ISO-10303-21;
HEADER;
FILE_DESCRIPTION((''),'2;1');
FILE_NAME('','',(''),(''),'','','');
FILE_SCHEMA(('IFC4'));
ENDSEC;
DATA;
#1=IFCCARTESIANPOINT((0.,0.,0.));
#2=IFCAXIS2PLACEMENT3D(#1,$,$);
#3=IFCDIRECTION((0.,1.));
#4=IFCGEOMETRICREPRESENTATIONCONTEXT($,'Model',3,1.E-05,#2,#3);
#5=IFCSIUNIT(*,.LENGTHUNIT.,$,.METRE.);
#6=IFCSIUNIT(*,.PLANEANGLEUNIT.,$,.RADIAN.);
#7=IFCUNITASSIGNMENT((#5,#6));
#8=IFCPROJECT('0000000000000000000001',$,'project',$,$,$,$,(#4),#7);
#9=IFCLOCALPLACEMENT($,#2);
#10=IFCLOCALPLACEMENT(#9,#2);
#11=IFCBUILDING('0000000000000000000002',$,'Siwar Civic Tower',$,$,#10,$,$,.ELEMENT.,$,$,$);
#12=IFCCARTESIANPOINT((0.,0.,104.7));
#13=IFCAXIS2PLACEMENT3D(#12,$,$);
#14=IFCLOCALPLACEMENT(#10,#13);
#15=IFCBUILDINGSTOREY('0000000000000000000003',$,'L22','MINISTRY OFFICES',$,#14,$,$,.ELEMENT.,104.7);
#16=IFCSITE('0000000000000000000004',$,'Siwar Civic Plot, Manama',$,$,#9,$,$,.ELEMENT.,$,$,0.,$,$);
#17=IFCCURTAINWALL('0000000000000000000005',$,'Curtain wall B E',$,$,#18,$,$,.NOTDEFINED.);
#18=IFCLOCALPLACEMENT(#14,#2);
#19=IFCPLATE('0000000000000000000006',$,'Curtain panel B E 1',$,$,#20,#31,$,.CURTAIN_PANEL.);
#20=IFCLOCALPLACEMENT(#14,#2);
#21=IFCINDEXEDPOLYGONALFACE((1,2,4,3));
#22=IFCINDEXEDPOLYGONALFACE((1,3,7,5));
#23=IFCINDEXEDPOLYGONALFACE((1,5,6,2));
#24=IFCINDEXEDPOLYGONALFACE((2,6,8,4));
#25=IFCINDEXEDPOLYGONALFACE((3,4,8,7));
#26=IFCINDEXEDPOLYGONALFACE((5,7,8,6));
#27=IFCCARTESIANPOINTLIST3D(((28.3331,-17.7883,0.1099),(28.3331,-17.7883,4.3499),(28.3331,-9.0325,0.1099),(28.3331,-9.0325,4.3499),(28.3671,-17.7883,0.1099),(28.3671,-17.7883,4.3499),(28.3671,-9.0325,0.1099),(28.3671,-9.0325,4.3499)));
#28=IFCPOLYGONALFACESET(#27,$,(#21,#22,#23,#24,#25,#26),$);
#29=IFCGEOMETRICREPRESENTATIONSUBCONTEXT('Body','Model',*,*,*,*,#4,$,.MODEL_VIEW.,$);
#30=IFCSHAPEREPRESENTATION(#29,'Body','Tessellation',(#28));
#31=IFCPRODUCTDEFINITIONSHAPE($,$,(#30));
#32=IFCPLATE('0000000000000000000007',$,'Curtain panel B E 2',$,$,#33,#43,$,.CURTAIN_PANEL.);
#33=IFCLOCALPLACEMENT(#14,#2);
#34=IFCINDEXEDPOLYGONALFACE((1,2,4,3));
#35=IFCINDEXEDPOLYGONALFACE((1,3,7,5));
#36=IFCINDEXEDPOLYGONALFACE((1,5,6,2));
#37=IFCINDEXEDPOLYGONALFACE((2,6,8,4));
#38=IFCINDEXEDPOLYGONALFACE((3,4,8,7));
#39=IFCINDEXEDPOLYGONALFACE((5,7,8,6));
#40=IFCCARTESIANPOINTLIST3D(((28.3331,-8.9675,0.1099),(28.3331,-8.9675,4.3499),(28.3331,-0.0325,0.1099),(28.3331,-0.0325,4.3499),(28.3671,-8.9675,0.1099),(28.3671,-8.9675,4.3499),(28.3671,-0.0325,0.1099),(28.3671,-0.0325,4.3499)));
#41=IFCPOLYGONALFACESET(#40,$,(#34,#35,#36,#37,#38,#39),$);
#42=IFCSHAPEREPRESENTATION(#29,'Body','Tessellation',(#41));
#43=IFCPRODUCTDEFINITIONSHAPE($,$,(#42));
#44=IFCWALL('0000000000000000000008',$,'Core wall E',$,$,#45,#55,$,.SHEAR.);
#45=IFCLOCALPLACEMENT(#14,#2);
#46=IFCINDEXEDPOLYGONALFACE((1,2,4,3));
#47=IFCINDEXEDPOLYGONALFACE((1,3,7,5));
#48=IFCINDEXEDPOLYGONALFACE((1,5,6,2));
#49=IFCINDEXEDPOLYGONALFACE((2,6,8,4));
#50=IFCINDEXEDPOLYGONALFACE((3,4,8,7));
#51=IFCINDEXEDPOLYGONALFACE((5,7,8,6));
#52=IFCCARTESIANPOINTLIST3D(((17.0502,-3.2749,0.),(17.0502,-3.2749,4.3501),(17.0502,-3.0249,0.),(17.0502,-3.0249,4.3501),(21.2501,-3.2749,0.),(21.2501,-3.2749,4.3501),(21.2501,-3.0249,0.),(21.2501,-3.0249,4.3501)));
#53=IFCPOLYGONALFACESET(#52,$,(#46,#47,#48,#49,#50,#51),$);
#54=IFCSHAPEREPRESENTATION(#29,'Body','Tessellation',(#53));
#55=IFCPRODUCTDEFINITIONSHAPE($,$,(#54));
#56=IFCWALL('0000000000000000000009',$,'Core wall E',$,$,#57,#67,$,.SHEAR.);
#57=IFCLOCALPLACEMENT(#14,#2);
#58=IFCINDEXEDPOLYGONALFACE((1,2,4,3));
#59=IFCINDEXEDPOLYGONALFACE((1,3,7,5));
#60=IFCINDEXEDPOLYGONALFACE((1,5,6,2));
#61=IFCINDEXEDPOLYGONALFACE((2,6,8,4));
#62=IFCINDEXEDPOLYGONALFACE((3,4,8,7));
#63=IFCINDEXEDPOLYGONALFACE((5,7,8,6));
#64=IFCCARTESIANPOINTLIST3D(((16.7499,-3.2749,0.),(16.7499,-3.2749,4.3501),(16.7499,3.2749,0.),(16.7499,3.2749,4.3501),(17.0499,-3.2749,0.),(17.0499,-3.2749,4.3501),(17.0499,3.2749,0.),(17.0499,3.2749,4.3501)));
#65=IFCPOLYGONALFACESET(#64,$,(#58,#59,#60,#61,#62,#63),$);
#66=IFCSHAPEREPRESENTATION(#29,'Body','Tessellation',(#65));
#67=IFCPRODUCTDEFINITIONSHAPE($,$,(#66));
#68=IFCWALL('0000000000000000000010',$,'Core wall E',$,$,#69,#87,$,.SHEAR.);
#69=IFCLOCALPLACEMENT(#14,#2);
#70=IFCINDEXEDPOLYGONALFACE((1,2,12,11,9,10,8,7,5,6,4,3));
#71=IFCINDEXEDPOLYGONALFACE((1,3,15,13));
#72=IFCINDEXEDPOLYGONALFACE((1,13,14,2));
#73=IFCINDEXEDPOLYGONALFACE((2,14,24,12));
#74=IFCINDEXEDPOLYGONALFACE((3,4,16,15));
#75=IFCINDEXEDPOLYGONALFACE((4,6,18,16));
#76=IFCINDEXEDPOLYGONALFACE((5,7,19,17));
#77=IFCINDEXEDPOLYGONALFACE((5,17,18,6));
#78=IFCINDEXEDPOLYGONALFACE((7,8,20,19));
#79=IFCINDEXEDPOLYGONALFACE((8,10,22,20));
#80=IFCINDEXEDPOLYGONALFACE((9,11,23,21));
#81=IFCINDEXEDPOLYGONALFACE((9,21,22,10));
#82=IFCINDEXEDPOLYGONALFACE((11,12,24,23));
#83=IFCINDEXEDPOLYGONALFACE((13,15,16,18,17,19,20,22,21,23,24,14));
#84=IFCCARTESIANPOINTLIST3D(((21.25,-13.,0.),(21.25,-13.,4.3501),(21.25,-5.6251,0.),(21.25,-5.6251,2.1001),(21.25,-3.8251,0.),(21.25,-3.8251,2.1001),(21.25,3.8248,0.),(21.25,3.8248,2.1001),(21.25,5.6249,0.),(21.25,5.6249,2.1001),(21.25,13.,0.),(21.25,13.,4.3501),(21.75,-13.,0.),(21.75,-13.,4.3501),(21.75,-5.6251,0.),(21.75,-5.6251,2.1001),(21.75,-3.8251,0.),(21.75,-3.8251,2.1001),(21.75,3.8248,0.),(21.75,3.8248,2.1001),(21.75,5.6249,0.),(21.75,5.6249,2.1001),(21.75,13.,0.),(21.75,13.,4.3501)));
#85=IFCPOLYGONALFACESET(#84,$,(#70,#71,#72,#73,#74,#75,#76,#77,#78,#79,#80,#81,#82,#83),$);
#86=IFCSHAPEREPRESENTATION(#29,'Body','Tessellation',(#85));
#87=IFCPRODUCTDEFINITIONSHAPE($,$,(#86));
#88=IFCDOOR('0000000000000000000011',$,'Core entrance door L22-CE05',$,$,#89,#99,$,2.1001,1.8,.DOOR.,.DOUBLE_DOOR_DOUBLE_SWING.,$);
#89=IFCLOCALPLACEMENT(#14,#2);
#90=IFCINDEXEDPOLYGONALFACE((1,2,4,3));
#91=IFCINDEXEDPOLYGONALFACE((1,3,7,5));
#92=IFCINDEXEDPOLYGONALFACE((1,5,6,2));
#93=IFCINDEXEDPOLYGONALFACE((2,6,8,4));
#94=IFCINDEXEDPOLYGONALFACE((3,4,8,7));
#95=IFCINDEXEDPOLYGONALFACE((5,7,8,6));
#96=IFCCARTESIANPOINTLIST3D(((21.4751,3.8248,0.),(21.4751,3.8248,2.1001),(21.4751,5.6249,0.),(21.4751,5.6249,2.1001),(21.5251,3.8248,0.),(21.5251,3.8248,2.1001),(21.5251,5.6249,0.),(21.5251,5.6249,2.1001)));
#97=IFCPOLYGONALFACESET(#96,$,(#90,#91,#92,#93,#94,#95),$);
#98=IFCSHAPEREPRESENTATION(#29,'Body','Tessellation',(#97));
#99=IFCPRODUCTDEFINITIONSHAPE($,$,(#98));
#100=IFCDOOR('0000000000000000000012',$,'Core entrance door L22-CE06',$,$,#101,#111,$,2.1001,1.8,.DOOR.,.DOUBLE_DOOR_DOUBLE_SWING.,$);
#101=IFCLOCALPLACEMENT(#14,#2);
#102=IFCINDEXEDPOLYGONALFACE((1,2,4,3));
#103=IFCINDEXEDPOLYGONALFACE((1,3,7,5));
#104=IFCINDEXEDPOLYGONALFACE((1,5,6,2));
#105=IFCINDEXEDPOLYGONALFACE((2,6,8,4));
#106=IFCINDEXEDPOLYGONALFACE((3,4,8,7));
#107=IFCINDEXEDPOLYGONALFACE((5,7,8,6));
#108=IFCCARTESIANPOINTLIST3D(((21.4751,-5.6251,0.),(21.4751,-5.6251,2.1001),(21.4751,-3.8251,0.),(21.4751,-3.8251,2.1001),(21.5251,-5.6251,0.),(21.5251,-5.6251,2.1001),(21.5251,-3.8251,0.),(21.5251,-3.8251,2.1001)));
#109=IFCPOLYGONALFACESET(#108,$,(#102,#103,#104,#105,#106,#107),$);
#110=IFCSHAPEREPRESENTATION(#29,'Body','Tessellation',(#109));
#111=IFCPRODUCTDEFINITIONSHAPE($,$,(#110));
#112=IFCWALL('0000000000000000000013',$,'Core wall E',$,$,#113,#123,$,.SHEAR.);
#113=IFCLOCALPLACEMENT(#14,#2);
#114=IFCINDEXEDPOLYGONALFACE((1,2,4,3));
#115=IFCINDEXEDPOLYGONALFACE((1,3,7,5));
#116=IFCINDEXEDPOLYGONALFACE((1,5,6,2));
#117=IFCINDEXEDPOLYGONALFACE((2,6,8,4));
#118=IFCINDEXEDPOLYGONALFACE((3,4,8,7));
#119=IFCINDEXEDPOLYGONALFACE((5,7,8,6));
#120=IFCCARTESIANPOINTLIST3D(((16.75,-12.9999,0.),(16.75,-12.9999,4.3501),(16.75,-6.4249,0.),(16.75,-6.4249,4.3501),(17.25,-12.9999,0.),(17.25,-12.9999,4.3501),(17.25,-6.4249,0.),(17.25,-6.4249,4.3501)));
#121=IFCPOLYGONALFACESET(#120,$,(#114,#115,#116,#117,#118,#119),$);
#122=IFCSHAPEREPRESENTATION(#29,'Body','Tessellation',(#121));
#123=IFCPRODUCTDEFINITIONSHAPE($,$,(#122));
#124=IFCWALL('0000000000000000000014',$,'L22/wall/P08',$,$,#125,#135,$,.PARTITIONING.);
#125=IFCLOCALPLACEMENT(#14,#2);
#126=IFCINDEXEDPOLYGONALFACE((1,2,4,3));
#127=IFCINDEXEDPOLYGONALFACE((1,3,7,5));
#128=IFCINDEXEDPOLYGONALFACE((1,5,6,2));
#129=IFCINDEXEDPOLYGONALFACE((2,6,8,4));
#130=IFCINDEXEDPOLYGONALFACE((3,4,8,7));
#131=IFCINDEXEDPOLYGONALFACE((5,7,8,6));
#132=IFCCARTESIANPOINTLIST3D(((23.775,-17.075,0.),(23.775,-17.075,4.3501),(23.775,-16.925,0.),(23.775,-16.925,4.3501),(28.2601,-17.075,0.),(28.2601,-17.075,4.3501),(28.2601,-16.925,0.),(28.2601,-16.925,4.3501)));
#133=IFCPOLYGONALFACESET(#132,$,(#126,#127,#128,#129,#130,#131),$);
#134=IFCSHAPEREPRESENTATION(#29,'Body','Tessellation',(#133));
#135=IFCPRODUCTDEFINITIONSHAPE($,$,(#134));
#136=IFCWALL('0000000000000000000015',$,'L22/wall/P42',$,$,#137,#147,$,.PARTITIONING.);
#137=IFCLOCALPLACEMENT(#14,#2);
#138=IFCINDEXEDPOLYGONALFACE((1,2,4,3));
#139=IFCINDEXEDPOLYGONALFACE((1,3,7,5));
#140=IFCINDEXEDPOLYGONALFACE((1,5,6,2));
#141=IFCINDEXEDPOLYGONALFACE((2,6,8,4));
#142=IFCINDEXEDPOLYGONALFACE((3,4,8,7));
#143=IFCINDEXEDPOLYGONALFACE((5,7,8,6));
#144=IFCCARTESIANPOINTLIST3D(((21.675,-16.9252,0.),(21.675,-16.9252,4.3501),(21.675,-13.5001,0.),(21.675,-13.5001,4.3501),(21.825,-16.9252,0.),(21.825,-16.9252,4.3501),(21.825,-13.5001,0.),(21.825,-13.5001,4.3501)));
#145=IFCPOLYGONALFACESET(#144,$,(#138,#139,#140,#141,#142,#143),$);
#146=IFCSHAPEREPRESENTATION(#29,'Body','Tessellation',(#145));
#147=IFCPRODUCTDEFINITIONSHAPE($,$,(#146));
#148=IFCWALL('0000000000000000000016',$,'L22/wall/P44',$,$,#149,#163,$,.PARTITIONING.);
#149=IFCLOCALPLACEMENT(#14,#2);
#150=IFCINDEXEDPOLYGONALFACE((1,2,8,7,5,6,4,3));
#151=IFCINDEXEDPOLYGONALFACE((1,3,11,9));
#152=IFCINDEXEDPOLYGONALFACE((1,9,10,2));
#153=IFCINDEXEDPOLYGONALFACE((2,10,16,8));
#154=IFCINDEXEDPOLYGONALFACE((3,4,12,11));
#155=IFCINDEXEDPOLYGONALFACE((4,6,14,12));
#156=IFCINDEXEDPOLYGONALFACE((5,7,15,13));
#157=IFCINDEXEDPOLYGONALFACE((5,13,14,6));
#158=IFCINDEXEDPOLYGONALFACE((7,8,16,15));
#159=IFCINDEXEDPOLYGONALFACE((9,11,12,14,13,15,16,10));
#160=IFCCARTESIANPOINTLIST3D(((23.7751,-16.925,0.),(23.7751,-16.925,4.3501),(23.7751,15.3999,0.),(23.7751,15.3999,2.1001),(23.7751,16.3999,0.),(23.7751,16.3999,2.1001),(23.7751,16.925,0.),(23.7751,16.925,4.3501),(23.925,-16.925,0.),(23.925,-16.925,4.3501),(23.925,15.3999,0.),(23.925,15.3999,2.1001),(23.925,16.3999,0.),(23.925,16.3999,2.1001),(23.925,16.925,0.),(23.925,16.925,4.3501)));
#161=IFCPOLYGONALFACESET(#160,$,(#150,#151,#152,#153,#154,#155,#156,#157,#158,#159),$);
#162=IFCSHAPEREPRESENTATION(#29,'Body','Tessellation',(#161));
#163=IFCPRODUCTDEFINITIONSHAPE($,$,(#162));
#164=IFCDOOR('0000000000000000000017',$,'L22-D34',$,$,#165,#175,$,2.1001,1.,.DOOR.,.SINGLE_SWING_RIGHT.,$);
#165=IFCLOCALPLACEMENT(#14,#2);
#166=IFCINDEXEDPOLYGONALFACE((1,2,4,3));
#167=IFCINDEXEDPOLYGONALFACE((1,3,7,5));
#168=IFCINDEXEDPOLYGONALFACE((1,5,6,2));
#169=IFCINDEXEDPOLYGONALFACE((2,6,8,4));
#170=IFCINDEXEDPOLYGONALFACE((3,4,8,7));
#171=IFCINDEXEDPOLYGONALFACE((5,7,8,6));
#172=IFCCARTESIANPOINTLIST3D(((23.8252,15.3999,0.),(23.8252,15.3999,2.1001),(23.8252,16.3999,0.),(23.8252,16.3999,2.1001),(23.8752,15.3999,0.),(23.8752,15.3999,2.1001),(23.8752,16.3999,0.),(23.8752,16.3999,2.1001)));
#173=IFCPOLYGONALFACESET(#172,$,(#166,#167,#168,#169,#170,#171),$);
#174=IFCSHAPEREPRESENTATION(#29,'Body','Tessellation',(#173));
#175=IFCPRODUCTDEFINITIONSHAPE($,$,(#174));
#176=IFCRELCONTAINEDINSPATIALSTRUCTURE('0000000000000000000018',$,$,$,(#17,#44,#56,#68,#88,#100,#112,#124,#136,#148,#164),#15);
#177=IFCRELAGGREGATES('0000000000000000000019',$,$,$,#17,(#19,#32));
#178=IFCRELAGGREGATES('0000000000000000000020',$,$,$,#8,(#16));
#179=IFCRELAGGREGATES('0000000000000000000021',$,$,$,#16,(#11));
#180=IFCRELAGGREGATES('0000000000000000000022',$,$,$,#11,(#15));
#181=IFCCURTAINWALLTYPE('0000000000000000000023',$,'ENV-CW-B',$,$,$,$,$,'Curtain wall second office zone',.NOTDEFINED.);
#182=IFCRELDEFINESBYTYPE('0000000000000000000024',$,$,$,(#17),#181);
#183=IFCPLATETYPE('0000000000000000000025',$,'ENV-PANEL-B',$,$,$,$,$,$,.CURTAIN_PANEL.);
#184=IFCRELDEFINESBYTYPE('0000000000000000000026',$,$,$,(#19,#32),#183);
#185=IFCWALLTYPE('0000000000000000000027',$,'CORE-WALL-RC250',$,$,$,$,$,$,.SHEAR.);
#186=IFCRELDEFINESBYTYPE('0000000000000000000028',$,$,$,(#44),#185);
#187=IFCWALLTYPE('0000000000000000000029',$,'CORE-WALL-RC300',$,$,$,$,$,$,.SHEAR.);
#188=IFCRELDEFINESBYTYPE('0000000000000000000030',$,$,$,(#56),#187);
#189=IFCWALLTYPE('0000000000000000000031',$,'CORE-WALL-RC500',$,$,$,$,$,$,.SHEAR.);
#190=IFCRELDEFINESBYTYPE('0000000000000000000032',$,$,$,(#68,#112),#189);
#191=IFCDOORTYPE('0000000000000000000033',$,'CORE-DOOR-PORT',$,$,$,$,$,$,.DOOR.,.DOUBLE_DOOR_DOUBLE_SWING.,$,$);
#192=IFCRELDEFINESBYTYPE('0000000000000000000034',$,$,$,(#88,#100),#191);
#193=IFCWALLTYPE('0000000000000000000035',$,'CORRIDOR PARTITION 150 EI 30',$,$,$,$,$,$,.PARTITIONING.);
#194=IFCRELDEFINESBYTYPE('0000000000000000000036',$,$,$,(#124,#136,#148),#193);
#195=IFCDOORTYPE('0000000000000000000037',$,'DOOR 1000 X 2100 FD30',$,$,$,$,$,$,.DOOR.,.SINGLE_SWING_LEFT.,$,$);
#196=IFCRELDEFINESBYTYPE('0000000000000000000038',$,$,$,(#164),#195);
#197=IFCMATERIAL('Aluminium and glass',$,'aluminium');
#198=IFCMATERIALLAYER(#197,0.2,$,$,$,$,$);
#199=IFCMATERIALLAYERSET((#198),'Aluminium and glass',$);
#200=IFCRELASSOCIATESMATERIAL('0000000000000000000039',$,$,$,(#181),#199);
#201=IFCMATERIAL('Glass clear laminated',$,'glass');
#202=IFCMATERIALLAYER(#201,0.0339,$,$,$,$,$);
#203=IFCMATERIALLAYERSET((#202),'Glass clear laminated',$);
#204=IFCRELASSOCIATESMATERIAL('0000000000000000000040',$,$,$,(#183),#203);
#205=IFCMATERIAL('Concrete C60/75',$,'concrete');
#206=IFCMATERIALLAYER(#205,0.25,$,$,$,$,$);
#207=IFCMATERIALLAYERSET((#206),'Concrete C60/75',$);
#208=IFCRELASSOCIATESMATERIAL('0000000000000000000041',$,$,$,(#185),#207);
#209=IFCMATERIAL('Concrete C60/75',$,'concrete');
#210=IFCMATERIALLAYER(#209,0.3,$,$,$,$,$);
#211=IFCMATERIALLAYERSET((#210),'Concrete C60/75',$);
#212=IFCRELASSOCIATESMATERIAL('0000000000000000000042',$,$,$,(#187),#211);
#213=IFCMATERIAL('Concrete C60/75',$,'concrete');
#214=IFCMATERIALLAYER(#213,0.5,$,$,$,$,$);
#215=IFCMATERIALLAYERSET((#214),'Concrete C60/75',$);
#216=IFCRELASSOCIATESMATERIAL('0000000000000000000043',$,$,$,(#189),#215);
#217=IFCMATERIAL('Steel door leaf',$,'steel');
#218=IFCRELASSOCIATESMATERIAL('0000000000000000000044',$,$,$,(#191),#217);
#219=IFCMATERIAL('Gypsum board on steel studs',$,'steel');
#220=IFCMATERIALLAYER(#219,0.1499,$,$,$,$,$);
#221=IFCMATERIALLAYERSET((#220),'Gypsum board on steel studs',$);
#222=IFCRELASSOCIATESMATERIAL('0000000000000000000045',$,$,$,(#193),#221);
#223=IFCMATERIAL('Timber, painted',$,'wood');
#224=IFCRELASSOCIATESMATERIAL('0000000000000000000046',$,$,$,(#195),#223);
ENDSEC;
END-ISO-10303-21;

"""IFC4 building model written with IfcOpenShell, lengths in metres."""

from ifc_helpers import new_model, si_unit, direction, frame, frame_2d, origin, origin_2d, place, context, subcontext, project, spatial, rectangle, extrude, material, layer, layer_set, type_object, element, fill, aggregate, save


model = new_model("IFC4")

# Units and contexts
model_context = context("Model", 3, precision=1e-05, world=origin(), true_north=direction((0.0, 1.0)))
body_context = subcontext(model_context, "Body", "Model", "MODEL_VIEW")
ifc_project = project(units=[si_unit("LENGTHUNIT", "METRE"), si_unit("PLANEANGLEUNIT", "RADIAN")], contexts=[model_context])

# Site, building, storey
site_placement = place(None, origin())
site = spatial("IfcSite", under=ifc_project, at=site_placement, Name="Siwar Civic Plot, Manama", CompositionType="ELEMENT", RefElevation=0.0)
building_placement = place(site_placement, origin())
building = spatial("IfcBuilding", under=site, at=building_placement, Name="Siwar Civic Tower", CompositionType="ELEMENT")
storey_placement = place(building_placement, frame((0.0, 0.0, 104.7)))
storey = spatial("IfcBuildingStorey", under=building, at=storey_placement, Name="L22", Description="MINISTRY OFFICES", CompositionType="ELEMENT", Elevation=104.7)

# Curtain wall
ifc_material_1 = material(Name="Aluminium and glass", Category="aluminium")
ifc_layer_1 = layer(ifc_material_1, 0.2)
ifc_layer_set_1 = layer_set([ifc_layer_1], Name="Aluminium and glass")
curtain_wall_type = type_object("IfcCurtainWallType", Name="ENV-CW-B", ElementType="Curtain wall second office zone", PredefinedType="NOTDEFINED", material=ifc_layer_set_1)
curtain_wall_placement = place(storey_placement, origin())
curtain_wall = element("IfcCurtainWall", 1, at=curtain_wall_placement, inside=storey, type_object=curtain_wall_type, Name="Curtain wall B E", PredefinedType="NOTDEFINED")

# Plates
ifc_material_2 = material(Name="Glass clear laminated", Category="glass")
ifc_layer_2 = layer(ifc_material_2, 0.0339)
ifc_layer_set_2 = layer_set([ifc_layer_2], Name="Glass clear laminated")
plate_type = type_object("IfcPlateType", Name="ENV-PANEL-B", PredefinedType="CURTAIN_PANEL", material=ifc_layer_set_2)
plate_1_placement = place(storey_placement, frame((28.3501, -13.4104, 0.1099), z_axis=(0.0, 0.0, 1.0), x_axis=(0.0, 1.0, 0.0)))
plate_1 = element("IfcPlate", 2, at=plate_1_placement, type_object=plate_type, Name="Curtain panel B E 1", PredefinedType="CURTAIN_PANEL", context=body_context, shape_type="SweptSolid", body=[
    extrude(rectangle(XDim=8.7559, YDim=0.0339, at=origin_2d()), origin(), (0.0, 0.0, 1.0), 4.24),
])
plate_2_placement = place(storey_placement, frame((28.3501, -4.5, 0.1099), z_axis=(0.0, 0.0, 1.0), x_axis=(0.0, 1.0, 0.0)))
plate_2 = element("IfcPlate", 3, at=plate_2_placement, type_object=plate_type, Name="Curtain panel B E 2", PredefinedType="CURTAIN_PANEL", context=body_context, shape_type="SweptSolid", body=[
    extrude(rectangle(XDim=8.9351, YDim=0.0339, at=origin_2d()), origin(), (0.0, 0.0, 1.0), 4.24),
])
aggregate(curtain_wall, [plate_1, plate_2])

# Walls
ifc_material_3 = material(Name="Concrete C60/75", Category="concrete")
ifc_layer_3 = layer(ifc_material_3, 0.25)
ifc_layer_set_3 = layer_set([ifc_layer_3], Name="Concrete C60/75")
wall_type_1 = type_object("IfcWallType", Name="CORE-WALL-RC250", PredefinedType="SHEAR", material=ifc_layer_set_3)
wall_1_placement = place(storey_placement, frame((17.05, -3.1499, 0.0), z_axis=(0.0, 0.0, 1.0), x_axis=(1.0, 0.0, 0.0)))
element("IfcWall", 4, at=wall_1_placement, inside=storey, type_object=wall_type_1, Name="Core wall E", PredefinedType="SHEAR", context=body_context, shape_type="SweptSolid", body=[
    extrude(rectangle(XDim=4.2, YDim=0.25, at=frame_2d((2.1001, 0.0))), origin(), (0.0, 0.0, 1.0), 4.3501),
])
ifc_material_4 = material(Name="Concrete C60/75", Category="concrete")
ifc_layer_4 = layer(ifc_material_4, 0.3)
ifc_layer_set_4 = layer_set([ifc_layer_4], Name="Concrete C60/75")
wall_type_2 = type_object("IfcWallType", Name="CORE-WALL-RC300", PredefinedType="SHEAR", material=ifc_layer_set_4)
wall_2_placement = place(storey_placement, frame((16.8999, -3.2749, 0.0), z_axis=(0.0, 0.0, 1.0), x_axis=(0.0, 1.0, 0.0)))
element("IfcWall", 5, at=wall_2_placement, inside=storey, type_object=wall_type_2, Name="Core wall E", PredefinedType="SHEAR", context=body_context, shape_type="SweptSolid", body=[
    extrude(rectangle(XDim=6.5498, YDim=0.3, at=frame_2d((3.2749, 0.0))), origin(), (0.0, 0.0, 1.0), 4.3501),
])

# Wall, openings, doors
ifc_material_5 = material(Name="Concrete C60/75", Category="concrete")
ifc_layer_5 = layer(ifc_material_5, 0.5)
ifc_layer_set_5 = layer_set([ifc_layer_5], Name="Concrete C60/75")
wall_type_3 = type_object("IfcWallType", Name="CORE-WALL-RC500", PredefinedType="SHEAR", material=ifc_layer_set_5)
wall_3_placement = place(storey_placement, frame((21.5, -13.0, 0.0), z_axis=(0.0, 0.0, 1.0), x_axis=(0.0, 1.0, 0.0)))
wall_3 = element("IfcWall", 6, at=wall_3_placement, inside=storey, type_object=wall_type_3, Name="Core wall E", PredefinedType="SHEAR", context=body_context, shape_type="SweptSolid", body=[
    extrude(rectangle(XDim=26.0, YDim=0.5, at=frame_2d((13.0, 0.0))), origin(), (0.0, 0.0, 1.0), 4.3501),
])
opening_1_placement = place(wall_3_placement, frame((16.825, 0.0, 0.0)))
opening_1 = element("IfcOpeningElement", 7, at=opening_1_placement, cuts=wall_3, PredefinedType="OPENING", context=body_context, shape_type="SweptSolid", body=[
    extrude(rectangle(XDim=1.8, YDim=2.1001, at=frame_2d((0.8999, 1.05))), frame((0.0, 0.26, 0.0), z_axis=(0.0, -1.0, 0.0), x_axis=(1.0, 0.0, 0.0)), (0.0, 0.0, 1.0), 0.52),
])
opening_2_placement = place(wall_3_placement, frame((7.375, 0.0, 0.0)))
opening_2 = element("IfcOpeningElement", 8, at=opening_2_placement, cuts=wall_3, PredefinedType="OPENING", context=body_context, shape_type="SweptSolid", body=[
    extrude(rectangle(XDim=1.8, YDim=2.1001, at=frame_2d((0.8999, 1.05))), frame((0.0, 0.26, 0.0), z_axis=(0.0, -1.0, 0.0), x_axis=(1.0, 0.0, 0.0)), (0.0, 0.0, 1.0), 0.52),
])
ifc_material_6 = material(Name="Steel door leaf", Category="steel")
door_type_1 = type_object("IfcDoorType", Name="CORE-DOOR-PORT", OperationType="DOUBLE_DOOR_DOUBLE_SWING", PredefinedType="DOOR", material=ifc_material_6)
door_1_placement = place(opening_1_placement, origin())
door_1 = element("IfcDoor", 9, at=door_1_placement, inside=storey, type_object=door_type_1, Name="Core entrance door L22-CE05", OperationType="DOUBLE_DOOR_DOUBLE_SWING", OverallHeight=2.1001, OverallWidth=1.8, PredefinedType="DOOR", context=body_context, shape_type="SweptSolid", body=[
    extrude(rectangle(XDim=1.8, YDim=2.1001, at=frame_2d((0.8999, 1.05))), frame((0.0, 0.0249, 0.0), z_axis=(0.0, -1.0, 0.0), x_axis=(1.0, 0.0, 0.0)), (0.0, 0.0, 1.0), 0.05),
])
fill(opening_1, door_1)
door_2_placement = place(opening_2_placement, origin())
door_2 = element("IfcDoor", 10, at=door_2_placement, inside=storey, type_object=door_type_1, Name="Core entrance door L22-CE06", OperationType="DOUBLE_DOOR_DOUBLE_SWING", OverallHeight=2.1001, OverallWidth=1.8, PredefinedType="DOOR", context=body_context, shape_type="SweptSolid", body=[
    extrude(rectangle(XDim=1.8, YDim=2.1001, at=frame_2d((0.8999, 1.05))), frame((0.0, 0.0249, 0.0), z_axis=(0.0, -1.0, 0.0), x_axis=(1.0, 0.0, 0.0)), (0.0, 0.0, 1.0), 0.05),
])
fill(opening_2, door_2)

# Walls
wall_4_placement = place(storey_placement, frame((17.0, -13.0, 0.0), z_axis=(0.0, 0.0, 1.0), x_axis=(0.0, 1.0, 0.0)))
element("IfcWall", 11, at=wall_4_placement, inside=storey, type_object=wall_type_3, Name="Core wall E", PredefinedType="SHEAR", context=body_context, shape_type="SweptSolid", body=[
    extrude(rectangle(XDim=6.575, YDim=0.5, at=frame_2d((3.2876, 0.0))), origin(), (0.0, 0.0, 1.0), 4.3501),
])
ifc_material_7 = material(Name="Gypsum board on steel studs", Category="steel")
ifc_layer_6 = layer(ifc_material_7, 0.1499)
ifc_layer_set_6 = layer_set([ifc_layer_6], Name="Gypsum board on steel studs")
wall_type_4 = type_object("IfcWallType", Name="CORRIDOR PARTITION 150 EI 30", PredefinedType="PARTITIONING", material=ifc_layer_set_6)
wall_5_placement = place(storey_placement, frame((23.7749, -17.0, 0.0), z_axis=(0.0, 0.0, 1.0), x_axis=(1.0, 0.0, 0.0)))
element("IfcWall", 12, at=wall_5_placement, inside=storey, type_object=wall_type_4, Name="L22/wall/P08", PredefinedType="PARTITIONING", context=body_context, shape_type="SweptSolid", body=[
    extrude(rectangle(XDim=4.4851, YDim=0.1499, at=frame_2d((2.2427, 0.0))), origin(), (0.0, 0.0, 1.0), 4.3501),
])
wall_6_placement = place(storey_placement, frame((21.75, -16.925, 0.0), z_axis=(0.0, 0.0, 1.0), x_axis=(0.0, 1.0, 0.0)))
element("IfcWall", 13, at=wall_6_placement, inside=storey, type_object=wall_type_4, Name="L22/wall/P42", PredefinedType="PARTITIONING", context=body_context, shape_type="SweptSolid", body=[
    extrude(rectangle(XDim=3.425, YDim=0.1499, at=frame_2d((1.7124, 0.0))), origin(), (0.0, 0.0, 1.0), 4.3501),
])

# Wall, opening, door
wall_7_placement = place(storey_placement, frame((23.8501, -16.925, 0.0), z_axis=(0.0, 0.0, 1.0), x_axis=(0.0, 1.0, 0.0)))
wall_7 = element("IfcWall", 14, at=wall_7_placement, inside=storey, type_object=wall_type_4, Name="L22/wall/P44", PredefinedType="PARTITIONING", context=body_context, shape_type="SweptSolid", body=[
    extrude(rectangle(XDim=33.8501, YDim=0.1499, at=frame_2d((16.925, 0.0))), origin(), (0.0, 0.0, 1.0), 4.3501),
])
opening_3_placement = place(wall_7_placement, frame((32.325, 0.0, 0.0)))
opening_3 = element("IfcOpeningElement", 15, at=opening_3_placement, cuts=wall_7, PredefinedType="OPENING", context=body_context, shape_type="SweptSolid", body=[
    extrude(rectangle(XDim=1.0, YDim=2.1001, at=frame_2d((0.5, 1.05))), frame((0.0, 0.085, 0.0), z_axis=(0.0, -1.0, 0.0), x_axis=(1.0, 0.0, 0.0)), (0.0, 0.0, 1.0), 0.1699),
])
ifc_material_8 = material(Name="Timber, painted", Category="wood")
door_type_2 = type_object("IfcDoorType", Name="DOOR 1000 X 2100 FD30", OperationType="SINGLE_SWING_LEFT", PredefinedType="DOOR", material=ifc_material_8)
door_3_placement = place(opening_3_placement, origin())
door_3 = element("IfcDoor", 16, at=door_3_placement, inside=storey, type_object=door_type_2, Name="L22-D34", OperationType="SINGLE_SWING_RIGHT", OverallHeight=2.1001, OverallWidth=1.0, PredefinedType="DOOR", context=body_context, shape_type="SweptSolid", body=[
    extrude(rectangle(XDim=1.0, YDim=2.1001, at=frame_2d((0.5, 1.05))), frame((0.0, 0.0249, 0.0), z_axis=(0.0, -1.0, 0.0), x_axis=(1.0, 0.0, 0.0)), (0.0, 0.0, 1.0), 0.05),
])
fill(opening_3, door_3)

save(model, "model.ifc")
